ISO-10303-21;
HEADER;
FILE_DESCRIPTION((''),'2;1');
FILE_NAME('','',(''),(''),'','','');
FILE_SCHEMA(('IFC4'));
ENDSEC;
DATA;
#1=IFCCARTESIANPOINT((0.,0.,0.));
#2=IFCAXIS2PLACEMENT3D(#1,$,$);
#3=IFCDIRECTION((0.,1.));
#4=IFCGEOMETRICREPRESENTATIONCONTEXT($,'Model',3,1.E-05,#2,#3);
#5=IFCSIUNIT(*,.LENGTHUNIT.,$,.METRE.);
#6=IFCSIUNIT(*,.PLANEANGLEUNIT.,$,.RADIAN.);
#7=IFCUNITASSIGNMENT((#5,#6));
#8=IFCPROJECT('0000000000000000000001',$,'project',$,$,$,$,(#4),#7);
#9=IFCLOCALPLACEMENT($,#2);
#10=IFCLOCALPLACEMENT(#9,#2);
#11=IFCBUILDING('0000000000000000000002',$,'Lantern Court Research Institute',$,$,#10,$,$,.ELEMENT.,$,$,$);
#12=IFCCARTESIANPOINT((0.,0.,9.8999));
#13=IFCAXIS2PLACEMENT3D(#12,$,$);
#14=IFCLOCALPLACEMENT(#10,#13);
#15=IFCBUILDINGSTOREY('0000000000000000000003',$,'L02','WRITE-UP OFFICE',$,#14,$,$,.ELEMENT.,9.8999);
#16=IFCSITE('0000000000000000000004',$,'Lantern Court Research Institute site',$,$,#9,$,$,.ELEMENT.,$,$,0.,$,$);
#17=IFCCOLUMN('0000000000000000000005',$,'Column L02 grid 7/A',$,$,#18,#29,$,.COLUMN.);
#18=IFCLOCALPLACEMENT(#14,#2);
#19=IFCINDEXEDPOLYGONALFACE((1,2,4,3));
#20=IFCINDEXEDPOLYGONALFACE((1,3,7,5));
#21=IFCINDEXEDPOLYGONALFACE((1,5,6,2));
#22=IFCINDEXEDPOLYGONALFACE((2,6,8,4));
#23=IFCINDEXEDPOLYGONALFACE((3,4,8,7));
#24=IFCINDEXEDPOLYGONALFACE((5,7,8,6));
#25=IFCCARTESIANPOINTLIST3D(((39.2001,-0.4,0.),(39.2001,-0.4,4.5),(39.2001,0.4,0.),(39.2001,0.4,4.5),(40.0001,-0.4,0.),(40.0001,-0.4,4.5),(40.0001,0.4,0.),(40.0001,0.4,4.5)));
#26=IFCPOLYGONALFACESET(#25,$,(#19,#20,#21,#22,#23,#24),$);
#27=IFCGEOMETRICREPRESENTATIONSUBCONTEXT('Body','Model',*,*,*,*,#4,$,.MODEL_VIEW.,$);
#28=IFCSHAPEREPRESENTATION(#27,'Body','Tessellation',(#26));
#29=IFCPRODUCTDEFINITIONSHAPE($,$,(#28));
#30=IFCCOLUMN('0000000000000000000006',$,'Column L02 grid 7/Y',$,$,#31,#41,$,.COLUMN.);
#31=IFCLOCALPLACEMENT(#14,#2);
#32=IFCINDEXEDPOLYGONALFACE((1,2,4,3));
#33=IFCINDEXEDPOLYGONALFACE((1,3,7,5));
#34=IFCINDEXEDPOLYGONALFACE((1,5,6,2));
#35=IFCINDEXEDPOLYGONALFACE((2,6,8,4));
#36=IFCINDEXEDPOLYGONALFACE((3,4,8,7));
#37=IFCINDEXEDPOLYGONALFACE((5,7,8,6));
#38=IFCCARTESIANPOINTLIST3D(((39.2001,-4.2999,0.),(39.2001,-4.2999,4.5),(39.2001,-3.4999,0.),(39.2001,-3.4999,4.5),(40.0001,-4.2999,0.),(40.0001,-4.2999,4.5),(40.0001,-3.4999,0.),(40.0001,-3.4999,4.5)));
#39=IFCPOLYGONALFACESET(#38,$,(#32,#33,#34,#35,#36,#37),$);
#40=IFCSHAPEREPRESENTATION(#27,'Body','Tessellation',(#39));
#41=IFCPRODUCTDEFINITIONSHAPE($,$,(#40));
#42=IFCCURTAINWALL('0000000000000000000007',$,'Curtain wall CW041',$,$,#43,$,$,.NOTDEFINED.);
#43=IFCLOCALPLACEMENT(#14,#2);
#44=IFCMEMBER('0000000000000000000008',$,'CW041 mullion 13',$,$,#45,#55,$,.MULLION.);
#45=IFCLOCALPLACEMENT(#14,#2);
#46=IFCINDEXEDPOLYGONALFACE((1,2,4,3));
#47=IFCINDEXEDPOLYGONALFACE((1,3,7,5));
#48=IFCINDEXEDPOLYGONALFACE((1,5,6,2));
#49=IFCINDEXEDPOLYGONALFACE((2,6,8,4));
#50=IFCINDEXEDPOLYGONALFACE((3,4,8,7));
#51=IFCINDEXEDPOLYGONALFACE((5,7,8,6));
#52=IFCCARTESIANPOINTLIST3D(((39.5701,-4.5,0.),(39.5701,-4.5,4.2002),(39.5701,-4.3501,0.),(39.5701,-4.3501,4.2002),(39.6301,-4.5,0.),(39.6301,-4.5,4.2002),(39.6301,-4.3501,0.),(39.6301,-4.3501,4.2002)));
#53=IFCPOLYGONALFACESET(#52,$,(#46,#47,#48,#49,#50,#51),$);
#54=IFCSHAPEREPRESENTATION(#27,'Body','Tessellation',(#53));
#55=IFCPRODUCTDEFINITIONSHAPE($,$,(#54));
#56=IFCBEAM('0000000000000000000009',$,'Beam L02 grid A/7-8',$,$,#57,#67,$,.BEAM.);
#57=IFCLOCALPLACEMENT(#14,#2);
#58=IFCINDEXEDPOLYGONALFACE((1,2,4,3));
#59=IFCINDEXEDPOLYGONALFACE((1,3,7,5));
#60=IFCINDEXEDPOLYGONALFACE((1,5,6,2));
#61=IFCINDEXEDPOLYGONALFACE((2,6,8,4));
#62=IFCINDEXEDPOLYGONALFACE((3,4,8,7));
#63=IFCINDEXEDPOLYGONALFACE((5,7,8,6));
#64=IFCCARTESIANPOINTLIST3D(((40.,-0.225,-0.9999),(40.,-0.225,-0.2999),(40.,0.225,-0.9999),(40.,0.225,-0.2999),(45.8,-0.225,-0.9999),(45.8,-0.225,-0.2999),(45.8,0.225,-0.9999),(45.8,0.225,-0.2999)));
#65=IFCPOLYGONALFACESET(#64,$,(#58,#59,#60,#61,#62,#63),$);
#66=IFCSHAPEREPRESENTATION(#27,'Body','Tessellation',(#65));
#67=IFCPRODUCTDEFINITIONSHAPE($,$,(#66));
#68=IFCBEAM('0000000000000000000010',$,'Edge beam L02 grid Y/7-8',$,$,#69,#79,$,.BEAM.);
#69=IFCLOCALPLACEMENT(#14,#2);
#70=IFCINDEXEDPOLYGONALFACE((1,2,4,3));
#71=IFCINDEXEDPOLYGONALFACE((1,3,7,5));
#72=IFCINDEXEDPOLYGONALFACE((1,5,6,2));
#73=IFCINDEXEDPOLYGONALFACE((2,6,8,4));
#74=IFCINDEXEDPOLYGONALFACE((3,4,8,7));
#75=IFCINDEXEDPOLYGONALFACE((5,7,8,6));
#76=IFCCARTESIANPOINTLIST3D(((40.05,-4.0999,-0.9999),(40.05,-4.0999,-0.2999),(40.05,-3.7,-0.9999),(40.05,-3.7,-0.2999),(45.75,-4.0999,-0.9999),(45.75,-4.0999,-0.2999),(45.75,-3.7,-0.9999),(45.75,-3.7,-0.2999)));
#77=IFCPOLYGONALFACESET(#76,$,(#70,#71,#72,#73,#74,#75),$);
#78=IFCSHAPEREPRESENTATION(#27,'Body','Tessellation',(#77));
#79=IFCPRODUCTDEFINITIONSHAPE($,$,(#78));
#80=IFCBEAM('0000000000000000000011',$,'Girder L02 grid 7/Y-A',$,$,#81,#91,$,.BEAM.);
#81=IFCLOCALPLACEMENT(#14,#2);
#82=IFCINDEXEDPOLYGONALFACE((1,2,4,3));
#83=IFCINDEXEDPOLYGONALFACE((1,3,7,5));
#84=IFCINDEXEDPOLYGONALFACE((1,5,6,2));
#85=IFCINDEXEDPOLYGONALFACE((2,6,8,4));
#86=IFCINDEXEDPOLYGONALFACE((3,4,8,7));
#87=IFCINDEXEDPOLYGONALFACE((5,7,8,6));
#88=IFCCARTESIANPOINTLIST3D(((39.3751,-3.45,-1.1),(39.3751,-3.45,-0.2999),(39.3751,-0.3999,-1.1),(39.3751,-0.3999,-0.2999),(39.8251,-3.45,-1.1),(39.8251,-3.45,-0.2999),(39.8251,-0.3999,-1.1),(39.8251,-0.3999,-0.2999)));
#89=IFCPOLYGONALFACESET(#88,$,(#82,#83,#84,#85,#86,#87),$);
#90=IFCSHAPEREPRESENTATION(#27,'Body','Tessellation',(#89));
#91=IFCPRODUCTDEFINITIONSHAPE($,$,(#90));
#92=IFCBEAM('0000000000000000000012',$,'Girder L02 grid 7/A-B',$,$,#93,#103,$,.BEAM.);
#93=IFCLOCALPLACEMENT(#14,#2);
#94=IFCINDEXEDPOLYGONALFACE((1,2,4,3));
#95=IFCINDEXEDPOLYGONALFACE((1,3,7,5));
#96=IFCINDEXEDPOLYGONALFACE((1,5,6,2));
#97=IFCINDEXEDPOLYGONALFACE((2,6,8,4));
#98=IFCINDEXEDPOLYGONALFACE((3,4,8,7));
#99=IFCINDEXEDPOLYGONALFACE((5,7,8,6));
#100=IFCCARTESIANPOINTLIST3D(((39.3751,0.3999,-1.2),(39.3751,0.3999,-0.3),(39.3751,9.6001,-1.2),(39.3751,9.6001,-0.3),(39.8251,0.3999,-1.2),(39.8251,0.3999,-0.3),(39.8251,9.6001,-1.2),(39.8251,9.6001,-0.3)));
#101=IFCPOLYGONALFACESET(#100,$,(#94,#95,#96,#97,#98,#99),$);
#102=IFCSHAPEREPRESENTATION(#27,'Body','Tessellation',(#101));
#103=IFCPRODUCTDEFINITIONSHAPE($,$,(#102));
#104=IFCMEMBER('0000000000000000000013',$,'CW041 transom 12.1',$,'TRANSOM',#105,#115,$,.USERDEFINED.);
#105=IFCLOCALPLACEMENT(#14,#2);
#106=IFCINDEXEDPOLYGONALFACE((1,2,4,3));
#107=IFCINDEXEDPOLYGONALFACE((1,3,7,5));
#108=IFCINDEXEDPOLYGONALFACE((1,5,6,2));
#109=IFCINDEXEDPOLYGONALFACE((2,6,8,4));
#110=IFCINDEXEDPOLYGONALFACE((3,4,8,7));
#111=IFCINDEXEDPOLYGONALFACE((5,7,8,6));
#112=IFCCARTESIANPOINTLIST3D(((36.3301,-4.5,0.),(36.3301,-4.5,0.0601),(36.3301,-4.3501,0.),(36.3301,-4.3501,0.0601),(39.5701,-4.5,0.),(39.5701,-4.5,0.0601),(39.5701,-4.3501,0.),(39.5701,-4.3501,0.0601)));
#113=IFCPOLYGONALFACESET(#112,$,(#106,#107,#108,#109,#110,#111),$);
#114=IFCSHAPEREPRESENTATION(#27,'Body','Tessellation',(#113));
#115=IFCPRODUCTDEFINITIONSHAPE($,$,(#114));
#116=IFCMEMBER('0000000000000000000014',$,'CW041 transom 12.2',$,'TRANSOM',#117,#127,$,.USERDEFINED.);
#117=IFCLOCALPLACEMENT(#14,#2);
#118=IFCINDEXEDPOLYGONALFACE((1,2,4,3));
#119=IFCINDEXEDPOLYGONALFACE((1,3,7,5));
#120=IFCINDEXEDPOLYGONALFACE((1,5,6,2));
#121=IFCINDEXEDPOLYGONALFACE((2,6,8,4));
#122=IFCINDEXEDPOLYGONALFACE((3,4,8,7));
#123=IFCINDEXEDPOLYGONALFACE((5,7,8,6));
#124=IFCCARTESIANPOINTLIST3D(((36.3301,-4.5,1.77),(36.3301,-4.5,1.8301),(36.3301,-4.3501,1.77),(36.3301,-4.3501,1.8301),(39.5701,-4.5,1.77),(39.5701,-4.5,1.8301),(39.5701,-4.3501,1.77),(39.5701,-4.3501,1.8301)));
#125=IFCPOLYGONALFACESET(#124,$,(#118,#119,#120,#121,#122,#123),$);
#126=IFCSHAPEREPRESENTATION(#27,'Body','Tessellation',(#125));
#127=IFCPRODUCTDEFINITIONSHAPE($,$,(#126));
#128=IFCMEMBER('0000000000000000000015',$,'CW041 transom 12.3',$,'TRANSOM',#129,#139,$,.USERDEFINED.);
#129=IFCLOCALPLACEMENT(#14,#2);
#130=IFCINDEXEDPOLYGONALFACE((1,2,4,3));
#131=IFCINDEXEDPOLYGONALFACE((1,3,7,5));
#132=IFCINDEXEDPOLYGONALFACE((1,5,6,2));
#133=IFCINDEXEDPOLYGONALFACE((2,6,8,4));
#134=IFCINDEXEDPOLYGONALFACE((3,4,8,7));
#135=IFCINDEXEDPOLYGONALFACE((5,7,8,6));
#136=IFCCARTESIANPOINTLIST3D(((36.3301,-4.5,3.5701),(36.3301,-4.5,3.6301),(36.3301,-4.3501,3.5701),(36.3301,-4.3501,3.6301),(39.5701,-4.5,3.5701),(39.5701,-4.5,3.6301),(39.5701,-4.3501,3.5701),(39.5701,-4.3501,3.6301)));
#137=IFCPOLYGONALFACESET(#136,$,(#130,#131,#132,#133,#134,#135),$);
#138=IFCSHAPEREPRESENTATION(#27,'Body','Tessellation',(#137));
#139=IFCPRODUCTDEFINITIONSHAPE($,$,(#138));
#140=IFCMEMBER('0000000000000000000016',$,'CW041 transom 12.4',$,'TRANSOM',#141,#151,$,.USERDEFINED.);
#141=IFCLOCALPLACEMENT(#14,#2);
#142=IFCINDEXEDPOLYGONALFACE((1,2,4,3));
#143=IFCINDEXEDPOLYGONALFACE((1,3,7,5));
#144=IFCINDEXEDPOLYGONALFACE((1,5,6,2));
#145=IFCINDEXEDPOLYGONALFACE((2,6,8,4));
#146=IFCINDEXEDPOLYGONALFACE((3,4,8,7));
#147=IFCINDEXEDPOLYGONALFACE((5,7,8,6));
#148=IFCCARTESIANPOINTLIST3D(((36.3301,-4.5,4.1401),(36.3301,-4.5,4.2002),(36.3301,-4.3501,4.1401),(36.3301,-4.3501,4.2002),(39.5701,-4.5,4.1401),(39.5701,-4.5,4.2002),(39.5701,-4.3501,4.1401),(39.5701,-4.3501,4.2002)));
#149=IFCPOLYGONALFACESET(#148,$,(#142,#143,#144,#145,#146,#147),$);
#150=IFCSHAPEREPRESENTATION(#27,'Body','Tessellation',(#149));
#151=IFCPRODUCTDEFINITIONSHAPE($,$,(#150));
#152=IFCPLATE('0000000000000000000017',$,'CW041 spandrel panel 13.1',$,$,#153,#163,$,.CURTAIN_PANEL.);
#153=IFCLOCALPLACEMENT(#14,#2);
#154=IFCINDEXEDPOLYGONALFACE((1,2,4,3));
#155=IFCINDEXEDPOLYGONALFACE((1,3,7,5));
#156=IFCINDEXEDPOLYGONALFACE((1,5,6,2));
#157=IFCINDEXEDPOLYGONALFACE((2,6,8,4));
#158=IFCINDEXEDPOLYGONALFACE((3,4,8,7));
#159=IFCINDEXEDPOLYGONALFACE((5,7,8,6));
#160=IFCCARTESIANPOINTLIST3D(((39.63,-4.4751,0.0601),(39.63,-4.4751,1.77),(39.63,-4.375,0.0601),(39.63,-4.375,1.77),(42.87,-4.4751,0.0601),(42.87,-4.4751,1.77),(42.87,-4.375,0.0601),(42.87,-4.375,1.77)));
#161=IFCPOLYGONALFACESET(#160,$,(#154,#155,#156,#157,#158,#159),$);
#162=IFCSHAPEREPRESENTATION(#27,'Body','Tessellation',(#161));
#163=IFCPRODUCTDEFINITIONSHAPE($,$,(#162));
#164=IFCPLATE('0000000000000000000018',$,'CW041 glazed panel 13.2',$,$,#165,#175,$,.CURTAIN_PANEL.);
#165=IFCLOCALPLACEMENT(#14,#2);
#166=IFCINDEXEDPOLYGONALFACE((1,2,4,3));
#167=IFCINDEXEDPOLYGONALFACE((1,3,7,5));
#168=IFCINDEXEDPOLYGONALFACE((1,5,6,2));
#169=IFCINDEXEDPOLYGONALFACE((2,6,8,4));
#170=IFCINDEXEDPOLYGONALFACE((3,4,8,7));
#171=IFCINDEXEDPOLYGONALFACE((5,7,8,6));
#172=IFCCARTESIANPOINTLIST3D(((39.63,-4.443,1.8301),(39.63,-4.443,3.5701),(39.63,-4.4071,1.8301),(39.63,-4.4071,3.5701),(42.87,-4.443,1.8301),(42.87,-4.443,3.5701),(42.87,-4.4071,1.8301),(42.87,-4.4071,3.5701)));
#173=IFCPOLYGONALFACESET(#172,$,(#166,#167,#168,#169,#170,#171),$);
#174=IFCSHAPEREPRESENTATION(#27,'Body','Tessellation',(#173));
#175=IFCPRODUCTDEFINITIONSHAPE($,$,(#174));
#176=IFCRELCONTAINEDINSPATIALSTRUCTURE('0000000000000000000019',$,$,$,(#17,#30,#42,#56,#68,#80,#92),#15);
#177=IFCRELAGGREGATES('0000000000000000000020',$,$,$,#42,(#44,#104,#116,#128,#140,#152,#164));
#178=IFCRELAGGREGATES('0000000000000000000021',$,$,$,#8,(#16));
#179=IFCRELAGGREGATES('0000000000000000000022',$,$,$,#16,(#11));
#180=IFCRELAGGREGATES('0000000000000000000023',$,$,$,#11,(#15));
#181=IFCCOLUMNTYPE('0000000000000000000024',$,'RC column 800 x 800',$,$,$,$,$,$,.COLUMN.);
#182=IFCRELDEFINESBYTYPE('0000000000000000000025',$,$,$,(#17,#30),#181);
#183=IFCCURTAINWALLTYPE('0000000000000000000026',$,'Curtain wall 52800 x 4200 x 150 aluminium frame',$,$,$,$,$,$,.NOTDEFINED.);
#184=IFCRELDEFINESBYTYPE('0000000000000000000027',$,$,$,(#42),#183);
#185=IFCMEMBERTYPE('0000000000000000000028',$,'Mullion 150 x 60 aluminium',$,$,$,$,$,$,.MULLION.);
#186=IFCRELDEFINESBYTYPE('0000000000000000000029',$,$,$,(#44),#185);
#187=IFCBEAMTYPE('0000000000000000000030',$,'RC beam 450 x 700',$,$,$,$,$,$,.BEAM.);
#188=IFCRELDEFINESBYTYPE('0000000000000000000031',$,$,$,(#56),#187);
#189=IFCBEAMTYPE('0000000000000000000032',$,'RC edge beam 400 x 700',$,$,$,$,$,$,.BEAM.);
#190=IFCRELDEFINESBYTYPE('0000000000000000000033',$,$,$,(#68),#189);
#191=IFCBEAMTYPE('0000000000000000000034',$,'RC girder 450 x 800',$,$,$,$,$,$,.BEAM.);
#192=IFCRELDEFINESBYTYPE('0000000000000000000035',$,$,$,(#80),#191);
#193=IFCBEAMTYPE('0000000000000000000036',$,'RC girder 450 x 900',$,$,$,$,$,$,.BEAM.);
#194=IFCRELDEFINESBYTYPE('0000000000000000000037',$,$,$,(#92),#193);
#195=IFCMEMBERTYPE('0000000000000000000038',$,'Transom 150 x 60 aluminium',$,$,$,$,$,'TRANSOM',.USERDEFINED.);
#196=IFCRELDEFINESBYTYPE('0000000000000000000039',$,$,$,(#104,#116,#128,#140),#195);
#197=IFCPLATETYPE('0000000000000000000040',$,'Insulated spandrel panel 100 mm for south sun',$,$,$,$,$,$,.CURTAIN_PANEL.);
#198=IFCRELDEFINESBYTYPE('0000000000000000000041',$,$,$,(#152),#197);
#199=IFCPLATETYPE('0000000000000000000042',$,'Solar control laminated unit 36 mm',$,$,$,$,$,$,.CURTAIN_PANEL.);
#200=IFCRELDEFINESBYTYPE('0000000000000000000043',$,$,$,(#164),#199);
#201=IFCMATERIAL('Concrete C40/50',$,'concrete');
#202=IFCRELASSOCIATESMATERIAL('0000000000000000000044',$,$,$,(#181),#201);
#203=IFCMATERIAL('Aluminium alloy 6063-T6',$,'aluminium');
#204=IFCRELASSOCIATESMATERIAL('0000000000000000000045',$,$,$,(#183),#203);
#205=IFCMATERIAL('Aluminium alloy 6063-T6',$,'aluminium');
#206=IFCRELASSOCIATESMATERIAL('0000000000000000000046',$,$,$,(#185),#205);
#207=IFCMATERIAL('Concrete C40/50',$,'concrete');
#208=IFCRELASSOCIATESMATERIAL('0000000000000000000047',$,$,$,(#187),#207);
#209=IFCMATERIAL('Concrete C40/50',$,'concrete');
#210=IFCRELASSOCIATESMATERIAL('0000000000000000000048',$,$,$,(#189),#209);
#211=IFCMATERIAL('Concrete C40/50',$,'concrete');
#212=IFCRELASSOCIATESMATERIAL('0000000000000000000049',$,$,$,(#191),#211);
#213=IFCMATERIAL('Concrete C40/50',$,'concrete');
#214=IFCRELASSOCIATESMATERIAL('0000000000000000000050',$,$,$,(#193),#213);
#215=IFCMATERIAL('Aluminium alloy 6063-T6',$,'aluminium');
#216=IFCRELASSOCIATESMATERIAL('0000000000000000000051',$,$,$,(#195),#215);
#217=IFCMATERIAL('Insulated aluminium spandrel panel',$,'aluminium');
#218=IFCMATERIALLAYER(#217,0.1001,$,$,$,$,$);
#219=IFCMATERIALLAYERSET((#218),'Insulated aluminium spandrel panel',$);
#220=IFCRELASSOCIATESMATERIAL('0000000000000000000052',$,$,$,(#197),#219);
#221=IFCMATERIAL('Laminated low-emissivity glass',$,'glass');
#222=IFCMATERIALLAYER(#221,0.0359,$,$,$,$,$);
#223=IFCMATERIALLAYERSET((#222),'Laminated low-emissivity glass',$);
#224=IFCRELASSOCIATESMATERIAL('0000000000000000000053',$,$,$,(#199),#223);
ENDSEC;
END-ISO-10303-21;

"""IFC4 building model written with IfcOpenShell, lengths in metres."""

from ifc_helpers import new_model, si_unit, direction, frame, origin, origin_2d, place, context, subcontext, project, spatial, rectangle, extrude, material, layer, layer_set, material_profile, profile_set, type_object, element, aggregate, save


model = new_model("IFC4")

# Units and contexts
model_context = context("Model", 3, precision=1e-05, world=origin(), true_north=direction((0.0, 1.0)))
body_context = subcontext(model_context, "Body", "Model", "MODEL_VIEW")
ifc_project = project(units=[si_unit("LENGTHUNIT", "METRE"), si_unit("PLANEANGLEUNIT", "RADIAN")], contexts=[model_context])

# Site, building, storey
site_placement = place(None, origin())
site = spatial("IfcSite", under=ifc_project, at=site_placement, Name="Lantern Court Research Institute site", CompositionType="ELEMENT", RefElevation=0.0)
building_placement = place(site_placement, origin())
building = spatial("IfcBuilding", under=site, at=building_placement, Name="Lantern Court Research Institute", CompositionType="ELEMENT")
storey_placement = place(building_placement, frame((0.0, 0.0, 9.8999)))
storey = spatial("IfcBuildingStorey", under=building, at=storey_placement, Name="L02", Description="WRITE-UP OFFICE", CompositionType="ELEMENT", Elevation=9.8999)

# Columns
ifc_material_1 = material(Name="Concrete C40/50", Category="concrete")
ifc_material_profile_1 = material_profile(ifc_material_1, rectangle(XDim=0.8, YDim=0.8, at=origin_2d()), Name="RC column 800 x 800")
ifc_profile_set_1 = profile_set([ifc_material_profile_1], Name="Concrete C40/50")
column_type = type_object("IfcColumnType", Name="RC column 800 x 800", PredefinedType="COLUMN", material=ifc_profile_set_1)
for number, where, z_axis, x_axis, name in (
    (1, (39.6001, 0.0, 0.0), (0.0, 0.0, 1.0), (1.0, 0.0, 0.0), "Column L02 grid 7/A"),
    (2, (39.6001, -3.8999, 0.0), (0.0, 0.0, 1.0), (1.0, 0.0, 0.0), "Column L02 grid 7/Y"),
):
    element("IfcColumn", number, at=place(storey_placement, frame(where, z_axis=z_axis, x_axis=x_axis)), inside=storey, type_object=column_type, Name=name, PredefinedType="COLUMN", context=body_context, shape_type="SweptSolid", body=[
        extrude(rectangle(XDim=0.8, YDim=0.8, at=origin_2d()), origin(), (0.0, 0.0, 1.0), 4.5),
    ])

# Curtain wall, member
ifc_material_2 = material(Name="Aluminium alloy 6063-T6", Category="aluminium")
curtain_wall_type = type_object("IfcCurtainWallType", Name="Curtain wall 52800 x 4200 x 150 aluminium frame", PredefinedType="NOTDEFINED", material=ifc_material_2)
curtain_wall_placement = place(storey_placement, origin())
curtain_wall = element("IfcCurtainWall", 3, at=curtain_wall_placement, inside=storey, type_object=curtain_wall_type, Name="Curtain wall CW041", PredefinedType="NOTDEFINED")
ifc_material_3 = material(Name="Aluminium alloy 6063-T6", Category="aluminium")
ifc_material_profile_2 = material_profile(ifc_material_3, rectangle(XDim=0.1499, YDim=0.0601, at=origin_2d()), Name="Mullion 150 x 60")
ifc_profile_set_2 = profile_set([ifc_material_profile_2], Name="Aluminium alloy 6063-T6")
member_type_1 = type_object("IfcMemberType", Name="Mullion 150 x 60 aluminium", PredefinedType="MULLION", material=ifc_profile_set_2)
member_1_placement = place(storey_placement, frame((39.6001, -4.425, 0.0), z_axis=(0.0, 0.0, 1.0), x_axis=(0.0, -1.0, 0.0)))
member_1 = element("IfcMember", 4, at=member_1_placement, type_object=member_type_1, Name="CW041 mullion 13", PredefinedType="MULLION", context=body_context, shape_type="SweptSolid", body=[
    extrude(rectangle(XDim=0.1499, YDim=0.0601, at=origin_2d()), origin(), (0.0, 0.0, 1.0), 4.2002),
])

# Beams
ifc_material_4 = material(Name="Concrete C40/50", Category="concrete")
ifc_material_profile_3 = material_profile(ifc_material_4, rectangle(XDim=0.45, YDim=0.7, at=origin_2d()), Name="RC beam 450 x 700")
ifc_profile_set_3 = profile_set([ifc_material_profile_3], Name="Concrete C40/50")
beam_type_1 = type_object("IfcBeamType", Name="RC beam 450 x 700", PredefinedType="BEAM", material=ifc_profile_set_3)
beam_1_placement = place(storey_placement, frame((40.0, 0.0, -0.6499), z_axis=(1.0, 0.0, 0.0), x_axis=(0.0, 1.0, 0.0)))
element("IfcBeam", 5, at=beam_1_placement, inside=storey, type_object=beam_type_1, Name="Beam L02 grid A/7-8", PredefinedType="BEAM", context=body_context, shape_type="SweptSolid", body=[
    extrude(rectangle(XDim=0.45, YDim=0.7, at=origin_2d()), origin(), (0.0, 0.0, 1.0), 5.8),
])
ifc_material_5 = material(Name="Concrete C40/50", Category="concrete")
ifc_material_profile_4 = material_profile(ifc_material_5, rectangle(XDim=0.3999, YDim=0.7, at=origin_2d()), Name="RC beam 400 x 700")
ifc_profile_set_4 = profile_set([ifc_material_profile_4], Name="Concrete C40/50")
beam_type_2 = type_object("IfcBeamType", Name="RC edge beam 400 x 700", PredefinedType="BEAM", material=ifc_profile_set_4)
beam_2_placement = place(storey_placement, frame((40.05, -3.8999, -0.6499), z_axis=(1.0, 0.0, 0.0), x_axis=(0.0, 1.0, 0.0)))
element("IfcBeam", 6, at=beam_2_placement, inside=storey, type_object=beam_type_2, Name="Edge beam L02 grid Y/7-8", PredefinedType="BEAM", context=body_context, shape_type="SweptSolid", body=[
    extrude(rectangle(XDim=0.3999, YDim=0.7, at=origin_2d()), origin(), (0.0, 0.0, 1.0), 5.7),
])
ifc_material_6 = material(Name="Concrete C40/50", Category="concrete")
ifc_material_profile_5 = material_profile(ifc_material_6, rectangle(XDim=0.45, YDim=0.8, at=origin_2d()), Name="RC beam 450 x 800")
ifc_profile_set_5 = profile_set([ifc_material_profile_5], Name="Concrete C40/50")
beam_type_3 = type_object("IfcBeamType", Name="RC girder 450 x 800", PredefinedType="BEAM", material=ifc_profile_set_5)
beam_3_placement = place(storey_placement, frame((39.6001, -3.45, -0.7), z_axis=(0.0, 1.0, 0.0), x_axis=(-1.0, 0.0, 0.0)))
element("IfcBeam", 7, at=beam_3_placement, inside=storey, type_object=beam_type_3, Name="Girder L02 grid 7/Y-A", PredefinedType="BEAM", context=body_context, shape_type="SweptSolid", body=[
    extrude(rectangle(XDim=0.45, YDim=0.8, at=origin_2d()), origin(), (0.0, 0.0, 1.0), 3.05),
])
ifc_material_7 = material(Name="Concrete C40/50", Category="concrete")
ifc_material_profile_6 = material_profile(ifc_material_7, rectangle(XDim=0.45, YDim=0.8999, at=origin_2d()), Name="RC beam 450 x 900")
ifc_profile_set_6 = profile_set([ifc_material_profile_6], Name="Concrete C40/50")
beam_type_4 = type_object("IfcBeamType", Name="RC girder 450 x 900", PredefinedType="BEAM", material=ifc_profile_set_6)
beam_4_placement = place(storey_placement, frame((39.6001, 0.3999, -0.75), z_axis=(0.0, 1.0, 0.0), x_axis=(-1.0, 0.0, 0.0)))
element("IfcBeam", 8, at=beam_4_placement, inside=storey, type_object=beam_type_4, Name="Girder L02 grid 7/A-B", PredefinedType="BEAM", context=body_context, shape_type="SweptSolid", body=[
    extrude(rectangle(XDim=0.45, YDim=0.8999, at=origin_2d()), origin(), (0.0, 0.0, 1.0), 9.2002),
])

# Members
ifc_material_8 = material(Name="Aluminium alloy 6063-T6", Category="aluminium")
ifc_material_profile_7 = material_profile(ifc_material_8, rectangle(XDim=0.1499, YDim=0.0601, at=origin_2d()), Name="Transom 150 x 60")
ifc_profile_set_7 = profile_set([ifc_material_profile_7], Name="Aluminium alloy 6063-T6")
member_type_2 = type_object("IfcMemberType", Name="Transom 150 x 60 aluminium", ElementType="TRANSOM", PredefinedType="USERDEFINED", material=ifc_profile_set_7)
member_2_placement = place(storey_placement, frame((39.5701, -4.425, 0.03), z_axis=(-1.0, 0.0, 0.0), x_axis=(0.0, -1.0, 0.0)))
member_2 = element("IfcMember", 9, at=member_2_placement, type_object=member_type_2, Name="CW041 transom 12.1", ObjectType="TRANSOM", PredefinedType="USERDEFINED", context=body_context, shape_type="SweptSolid", body=[
    extrude(rectangle(XDim=0.1499, YDim=0.0601, at=origin_2d()), origin(), (0.0, 0.0, 1.0), 3.24),
])
member_3_placement = place(storey_placement, frame((39.5701, -4.425, 1.8), z_axis=(-1.0, 0.0, 0.0), x_axis=(0.0, -1.0, 0.0)))
member_3 = element("IfcMember", 10, at=member_3_placement, type_object=member_type_2, Name="CW041 transom 12.2", ObjectType="TRANSOM", PredefinedType="USERDEFINED", context=body_context, shape_type="SweptSolid", body=[
    extrude(rectangle(XDim=0.1499, YDim=0.0601, at=origin_2d()), origin(), (0.0, 0.0, 1.0), 3.24),
])
member_4_placement = place(storey_placement, frame((39.5701, -4.425, 3.6001), z_axis=(-1.0, 0.0, 0.0), x_axis=(0.0, -1.0, 0.0)))
member_4 = element("IfcMember", 11, at=member_4_placement, type_object=member_type_2, Name="CW041 transom 12.3", ObjectType="TRANSOM", PredefinedType="USERDEFINED", context=body_context, shape_type="SweptSolid", body=[
    extrude(rectangle(XDim=0.1499, YDim=0.0601, at=origin_2d()), origin(), (0.0, 0.0, 1.0), 3.24),
])
member_5_placement = place(storey_placement, frame((39.5701, -4.425, 4.1702), z_axis=(-1.0, 0.0, 0.0), x_axis=(0.0, -1.0, 0.0)))
member_5 = element("IfcMember", 12, at=member_5_placement, type_object=member_type_2, Name="CW041 transom 12.4", ObjectType="TRANSOM", PredefinedType="USERDEFINED", context=body_context, shape_type="SweptSolid", body=[
    extrude(rectangle(XDim=0.1499, YDim=0.0601, at=origin_2d()), origin(), (0.0, 0.0, 1.0), 3.24),
])

# Plates
ifc_material_9 = material(Name="Insulated aluminium spandrel panel", Category="aluminium")
ifc_layer_1 = layer(ifc_material_9, 0.1001)
ifc_layer_set_1 = layer_set([ifc_layer_1], Name="Insulated aluminium spandrel panel")
plate_type_1 = type_object("IfcPlateType", Name="Insulated spandrel panel 100 mm for south sun", PredefinedType="CURTAIN_PANEL", material=ifc_layer_set_1)
plate_1_placement = place(storey_placement, frame((41.25, -4.425, 0.0601), z_axis=(0.0, 0.0, 1.0), x_axis=(-1.0, 0.0, 0.0)))
plate_1 = element("IfcPlate", 13, at=plate_1_placement, type_object=plate_type_1, Name="CW041 spandrel panel 13.1", PredefinedType="CURTAIN_PANEL", context=body_context, shape_type="SweptSolid", body=[
    extrude(rectangle(XDim=3.24, YDim=0.1001, at=origin_2d()), origin(), (0.0, 0.0, 1.0), 1.71),
])
ifc_material_10 = material(Name="Laminated low-emissivity glass", Category="glass")
ifc_layer_2 = layer(ifc_material_10, 0.0359)
ifc_layer_set_2 = layer_set([ifc_layer_2], Name="Laminated low-emissivity glass")
plate_type_2 = type_object("IfcPlateType", Name="Solar control laminated unit 36 mm", PredefinedType="CURTAIN_PANEL", material=ifc_layer_set_2)
plate_2_placement = place(storey_placement, frame((41.25, -4.425, 1.8301), z_axis=(0.0, 0.0, 1.0), x_axis=(-1.0, 0.0, 0.0)))
plate_2 = element("IfcPlate", 14, at=plate_2_placement, type_object=plate_type_2, Name="CW041 glazed panel 13.2", PredefinedType="CURTAIN_PANEL", context=body_context, shape_type="SweptSolid", body=[
    extrude(rectangle(XDim=3.24, YDim=0.0359, at=origin_2d()), origin(), (0.0, 0.0, 1.0), 1.74),
])
aggregate(curtain_wall, [member_1, member_2, member_3, member_4, member_5, plate_1, plate_2])

save(model, "model.ifc")
